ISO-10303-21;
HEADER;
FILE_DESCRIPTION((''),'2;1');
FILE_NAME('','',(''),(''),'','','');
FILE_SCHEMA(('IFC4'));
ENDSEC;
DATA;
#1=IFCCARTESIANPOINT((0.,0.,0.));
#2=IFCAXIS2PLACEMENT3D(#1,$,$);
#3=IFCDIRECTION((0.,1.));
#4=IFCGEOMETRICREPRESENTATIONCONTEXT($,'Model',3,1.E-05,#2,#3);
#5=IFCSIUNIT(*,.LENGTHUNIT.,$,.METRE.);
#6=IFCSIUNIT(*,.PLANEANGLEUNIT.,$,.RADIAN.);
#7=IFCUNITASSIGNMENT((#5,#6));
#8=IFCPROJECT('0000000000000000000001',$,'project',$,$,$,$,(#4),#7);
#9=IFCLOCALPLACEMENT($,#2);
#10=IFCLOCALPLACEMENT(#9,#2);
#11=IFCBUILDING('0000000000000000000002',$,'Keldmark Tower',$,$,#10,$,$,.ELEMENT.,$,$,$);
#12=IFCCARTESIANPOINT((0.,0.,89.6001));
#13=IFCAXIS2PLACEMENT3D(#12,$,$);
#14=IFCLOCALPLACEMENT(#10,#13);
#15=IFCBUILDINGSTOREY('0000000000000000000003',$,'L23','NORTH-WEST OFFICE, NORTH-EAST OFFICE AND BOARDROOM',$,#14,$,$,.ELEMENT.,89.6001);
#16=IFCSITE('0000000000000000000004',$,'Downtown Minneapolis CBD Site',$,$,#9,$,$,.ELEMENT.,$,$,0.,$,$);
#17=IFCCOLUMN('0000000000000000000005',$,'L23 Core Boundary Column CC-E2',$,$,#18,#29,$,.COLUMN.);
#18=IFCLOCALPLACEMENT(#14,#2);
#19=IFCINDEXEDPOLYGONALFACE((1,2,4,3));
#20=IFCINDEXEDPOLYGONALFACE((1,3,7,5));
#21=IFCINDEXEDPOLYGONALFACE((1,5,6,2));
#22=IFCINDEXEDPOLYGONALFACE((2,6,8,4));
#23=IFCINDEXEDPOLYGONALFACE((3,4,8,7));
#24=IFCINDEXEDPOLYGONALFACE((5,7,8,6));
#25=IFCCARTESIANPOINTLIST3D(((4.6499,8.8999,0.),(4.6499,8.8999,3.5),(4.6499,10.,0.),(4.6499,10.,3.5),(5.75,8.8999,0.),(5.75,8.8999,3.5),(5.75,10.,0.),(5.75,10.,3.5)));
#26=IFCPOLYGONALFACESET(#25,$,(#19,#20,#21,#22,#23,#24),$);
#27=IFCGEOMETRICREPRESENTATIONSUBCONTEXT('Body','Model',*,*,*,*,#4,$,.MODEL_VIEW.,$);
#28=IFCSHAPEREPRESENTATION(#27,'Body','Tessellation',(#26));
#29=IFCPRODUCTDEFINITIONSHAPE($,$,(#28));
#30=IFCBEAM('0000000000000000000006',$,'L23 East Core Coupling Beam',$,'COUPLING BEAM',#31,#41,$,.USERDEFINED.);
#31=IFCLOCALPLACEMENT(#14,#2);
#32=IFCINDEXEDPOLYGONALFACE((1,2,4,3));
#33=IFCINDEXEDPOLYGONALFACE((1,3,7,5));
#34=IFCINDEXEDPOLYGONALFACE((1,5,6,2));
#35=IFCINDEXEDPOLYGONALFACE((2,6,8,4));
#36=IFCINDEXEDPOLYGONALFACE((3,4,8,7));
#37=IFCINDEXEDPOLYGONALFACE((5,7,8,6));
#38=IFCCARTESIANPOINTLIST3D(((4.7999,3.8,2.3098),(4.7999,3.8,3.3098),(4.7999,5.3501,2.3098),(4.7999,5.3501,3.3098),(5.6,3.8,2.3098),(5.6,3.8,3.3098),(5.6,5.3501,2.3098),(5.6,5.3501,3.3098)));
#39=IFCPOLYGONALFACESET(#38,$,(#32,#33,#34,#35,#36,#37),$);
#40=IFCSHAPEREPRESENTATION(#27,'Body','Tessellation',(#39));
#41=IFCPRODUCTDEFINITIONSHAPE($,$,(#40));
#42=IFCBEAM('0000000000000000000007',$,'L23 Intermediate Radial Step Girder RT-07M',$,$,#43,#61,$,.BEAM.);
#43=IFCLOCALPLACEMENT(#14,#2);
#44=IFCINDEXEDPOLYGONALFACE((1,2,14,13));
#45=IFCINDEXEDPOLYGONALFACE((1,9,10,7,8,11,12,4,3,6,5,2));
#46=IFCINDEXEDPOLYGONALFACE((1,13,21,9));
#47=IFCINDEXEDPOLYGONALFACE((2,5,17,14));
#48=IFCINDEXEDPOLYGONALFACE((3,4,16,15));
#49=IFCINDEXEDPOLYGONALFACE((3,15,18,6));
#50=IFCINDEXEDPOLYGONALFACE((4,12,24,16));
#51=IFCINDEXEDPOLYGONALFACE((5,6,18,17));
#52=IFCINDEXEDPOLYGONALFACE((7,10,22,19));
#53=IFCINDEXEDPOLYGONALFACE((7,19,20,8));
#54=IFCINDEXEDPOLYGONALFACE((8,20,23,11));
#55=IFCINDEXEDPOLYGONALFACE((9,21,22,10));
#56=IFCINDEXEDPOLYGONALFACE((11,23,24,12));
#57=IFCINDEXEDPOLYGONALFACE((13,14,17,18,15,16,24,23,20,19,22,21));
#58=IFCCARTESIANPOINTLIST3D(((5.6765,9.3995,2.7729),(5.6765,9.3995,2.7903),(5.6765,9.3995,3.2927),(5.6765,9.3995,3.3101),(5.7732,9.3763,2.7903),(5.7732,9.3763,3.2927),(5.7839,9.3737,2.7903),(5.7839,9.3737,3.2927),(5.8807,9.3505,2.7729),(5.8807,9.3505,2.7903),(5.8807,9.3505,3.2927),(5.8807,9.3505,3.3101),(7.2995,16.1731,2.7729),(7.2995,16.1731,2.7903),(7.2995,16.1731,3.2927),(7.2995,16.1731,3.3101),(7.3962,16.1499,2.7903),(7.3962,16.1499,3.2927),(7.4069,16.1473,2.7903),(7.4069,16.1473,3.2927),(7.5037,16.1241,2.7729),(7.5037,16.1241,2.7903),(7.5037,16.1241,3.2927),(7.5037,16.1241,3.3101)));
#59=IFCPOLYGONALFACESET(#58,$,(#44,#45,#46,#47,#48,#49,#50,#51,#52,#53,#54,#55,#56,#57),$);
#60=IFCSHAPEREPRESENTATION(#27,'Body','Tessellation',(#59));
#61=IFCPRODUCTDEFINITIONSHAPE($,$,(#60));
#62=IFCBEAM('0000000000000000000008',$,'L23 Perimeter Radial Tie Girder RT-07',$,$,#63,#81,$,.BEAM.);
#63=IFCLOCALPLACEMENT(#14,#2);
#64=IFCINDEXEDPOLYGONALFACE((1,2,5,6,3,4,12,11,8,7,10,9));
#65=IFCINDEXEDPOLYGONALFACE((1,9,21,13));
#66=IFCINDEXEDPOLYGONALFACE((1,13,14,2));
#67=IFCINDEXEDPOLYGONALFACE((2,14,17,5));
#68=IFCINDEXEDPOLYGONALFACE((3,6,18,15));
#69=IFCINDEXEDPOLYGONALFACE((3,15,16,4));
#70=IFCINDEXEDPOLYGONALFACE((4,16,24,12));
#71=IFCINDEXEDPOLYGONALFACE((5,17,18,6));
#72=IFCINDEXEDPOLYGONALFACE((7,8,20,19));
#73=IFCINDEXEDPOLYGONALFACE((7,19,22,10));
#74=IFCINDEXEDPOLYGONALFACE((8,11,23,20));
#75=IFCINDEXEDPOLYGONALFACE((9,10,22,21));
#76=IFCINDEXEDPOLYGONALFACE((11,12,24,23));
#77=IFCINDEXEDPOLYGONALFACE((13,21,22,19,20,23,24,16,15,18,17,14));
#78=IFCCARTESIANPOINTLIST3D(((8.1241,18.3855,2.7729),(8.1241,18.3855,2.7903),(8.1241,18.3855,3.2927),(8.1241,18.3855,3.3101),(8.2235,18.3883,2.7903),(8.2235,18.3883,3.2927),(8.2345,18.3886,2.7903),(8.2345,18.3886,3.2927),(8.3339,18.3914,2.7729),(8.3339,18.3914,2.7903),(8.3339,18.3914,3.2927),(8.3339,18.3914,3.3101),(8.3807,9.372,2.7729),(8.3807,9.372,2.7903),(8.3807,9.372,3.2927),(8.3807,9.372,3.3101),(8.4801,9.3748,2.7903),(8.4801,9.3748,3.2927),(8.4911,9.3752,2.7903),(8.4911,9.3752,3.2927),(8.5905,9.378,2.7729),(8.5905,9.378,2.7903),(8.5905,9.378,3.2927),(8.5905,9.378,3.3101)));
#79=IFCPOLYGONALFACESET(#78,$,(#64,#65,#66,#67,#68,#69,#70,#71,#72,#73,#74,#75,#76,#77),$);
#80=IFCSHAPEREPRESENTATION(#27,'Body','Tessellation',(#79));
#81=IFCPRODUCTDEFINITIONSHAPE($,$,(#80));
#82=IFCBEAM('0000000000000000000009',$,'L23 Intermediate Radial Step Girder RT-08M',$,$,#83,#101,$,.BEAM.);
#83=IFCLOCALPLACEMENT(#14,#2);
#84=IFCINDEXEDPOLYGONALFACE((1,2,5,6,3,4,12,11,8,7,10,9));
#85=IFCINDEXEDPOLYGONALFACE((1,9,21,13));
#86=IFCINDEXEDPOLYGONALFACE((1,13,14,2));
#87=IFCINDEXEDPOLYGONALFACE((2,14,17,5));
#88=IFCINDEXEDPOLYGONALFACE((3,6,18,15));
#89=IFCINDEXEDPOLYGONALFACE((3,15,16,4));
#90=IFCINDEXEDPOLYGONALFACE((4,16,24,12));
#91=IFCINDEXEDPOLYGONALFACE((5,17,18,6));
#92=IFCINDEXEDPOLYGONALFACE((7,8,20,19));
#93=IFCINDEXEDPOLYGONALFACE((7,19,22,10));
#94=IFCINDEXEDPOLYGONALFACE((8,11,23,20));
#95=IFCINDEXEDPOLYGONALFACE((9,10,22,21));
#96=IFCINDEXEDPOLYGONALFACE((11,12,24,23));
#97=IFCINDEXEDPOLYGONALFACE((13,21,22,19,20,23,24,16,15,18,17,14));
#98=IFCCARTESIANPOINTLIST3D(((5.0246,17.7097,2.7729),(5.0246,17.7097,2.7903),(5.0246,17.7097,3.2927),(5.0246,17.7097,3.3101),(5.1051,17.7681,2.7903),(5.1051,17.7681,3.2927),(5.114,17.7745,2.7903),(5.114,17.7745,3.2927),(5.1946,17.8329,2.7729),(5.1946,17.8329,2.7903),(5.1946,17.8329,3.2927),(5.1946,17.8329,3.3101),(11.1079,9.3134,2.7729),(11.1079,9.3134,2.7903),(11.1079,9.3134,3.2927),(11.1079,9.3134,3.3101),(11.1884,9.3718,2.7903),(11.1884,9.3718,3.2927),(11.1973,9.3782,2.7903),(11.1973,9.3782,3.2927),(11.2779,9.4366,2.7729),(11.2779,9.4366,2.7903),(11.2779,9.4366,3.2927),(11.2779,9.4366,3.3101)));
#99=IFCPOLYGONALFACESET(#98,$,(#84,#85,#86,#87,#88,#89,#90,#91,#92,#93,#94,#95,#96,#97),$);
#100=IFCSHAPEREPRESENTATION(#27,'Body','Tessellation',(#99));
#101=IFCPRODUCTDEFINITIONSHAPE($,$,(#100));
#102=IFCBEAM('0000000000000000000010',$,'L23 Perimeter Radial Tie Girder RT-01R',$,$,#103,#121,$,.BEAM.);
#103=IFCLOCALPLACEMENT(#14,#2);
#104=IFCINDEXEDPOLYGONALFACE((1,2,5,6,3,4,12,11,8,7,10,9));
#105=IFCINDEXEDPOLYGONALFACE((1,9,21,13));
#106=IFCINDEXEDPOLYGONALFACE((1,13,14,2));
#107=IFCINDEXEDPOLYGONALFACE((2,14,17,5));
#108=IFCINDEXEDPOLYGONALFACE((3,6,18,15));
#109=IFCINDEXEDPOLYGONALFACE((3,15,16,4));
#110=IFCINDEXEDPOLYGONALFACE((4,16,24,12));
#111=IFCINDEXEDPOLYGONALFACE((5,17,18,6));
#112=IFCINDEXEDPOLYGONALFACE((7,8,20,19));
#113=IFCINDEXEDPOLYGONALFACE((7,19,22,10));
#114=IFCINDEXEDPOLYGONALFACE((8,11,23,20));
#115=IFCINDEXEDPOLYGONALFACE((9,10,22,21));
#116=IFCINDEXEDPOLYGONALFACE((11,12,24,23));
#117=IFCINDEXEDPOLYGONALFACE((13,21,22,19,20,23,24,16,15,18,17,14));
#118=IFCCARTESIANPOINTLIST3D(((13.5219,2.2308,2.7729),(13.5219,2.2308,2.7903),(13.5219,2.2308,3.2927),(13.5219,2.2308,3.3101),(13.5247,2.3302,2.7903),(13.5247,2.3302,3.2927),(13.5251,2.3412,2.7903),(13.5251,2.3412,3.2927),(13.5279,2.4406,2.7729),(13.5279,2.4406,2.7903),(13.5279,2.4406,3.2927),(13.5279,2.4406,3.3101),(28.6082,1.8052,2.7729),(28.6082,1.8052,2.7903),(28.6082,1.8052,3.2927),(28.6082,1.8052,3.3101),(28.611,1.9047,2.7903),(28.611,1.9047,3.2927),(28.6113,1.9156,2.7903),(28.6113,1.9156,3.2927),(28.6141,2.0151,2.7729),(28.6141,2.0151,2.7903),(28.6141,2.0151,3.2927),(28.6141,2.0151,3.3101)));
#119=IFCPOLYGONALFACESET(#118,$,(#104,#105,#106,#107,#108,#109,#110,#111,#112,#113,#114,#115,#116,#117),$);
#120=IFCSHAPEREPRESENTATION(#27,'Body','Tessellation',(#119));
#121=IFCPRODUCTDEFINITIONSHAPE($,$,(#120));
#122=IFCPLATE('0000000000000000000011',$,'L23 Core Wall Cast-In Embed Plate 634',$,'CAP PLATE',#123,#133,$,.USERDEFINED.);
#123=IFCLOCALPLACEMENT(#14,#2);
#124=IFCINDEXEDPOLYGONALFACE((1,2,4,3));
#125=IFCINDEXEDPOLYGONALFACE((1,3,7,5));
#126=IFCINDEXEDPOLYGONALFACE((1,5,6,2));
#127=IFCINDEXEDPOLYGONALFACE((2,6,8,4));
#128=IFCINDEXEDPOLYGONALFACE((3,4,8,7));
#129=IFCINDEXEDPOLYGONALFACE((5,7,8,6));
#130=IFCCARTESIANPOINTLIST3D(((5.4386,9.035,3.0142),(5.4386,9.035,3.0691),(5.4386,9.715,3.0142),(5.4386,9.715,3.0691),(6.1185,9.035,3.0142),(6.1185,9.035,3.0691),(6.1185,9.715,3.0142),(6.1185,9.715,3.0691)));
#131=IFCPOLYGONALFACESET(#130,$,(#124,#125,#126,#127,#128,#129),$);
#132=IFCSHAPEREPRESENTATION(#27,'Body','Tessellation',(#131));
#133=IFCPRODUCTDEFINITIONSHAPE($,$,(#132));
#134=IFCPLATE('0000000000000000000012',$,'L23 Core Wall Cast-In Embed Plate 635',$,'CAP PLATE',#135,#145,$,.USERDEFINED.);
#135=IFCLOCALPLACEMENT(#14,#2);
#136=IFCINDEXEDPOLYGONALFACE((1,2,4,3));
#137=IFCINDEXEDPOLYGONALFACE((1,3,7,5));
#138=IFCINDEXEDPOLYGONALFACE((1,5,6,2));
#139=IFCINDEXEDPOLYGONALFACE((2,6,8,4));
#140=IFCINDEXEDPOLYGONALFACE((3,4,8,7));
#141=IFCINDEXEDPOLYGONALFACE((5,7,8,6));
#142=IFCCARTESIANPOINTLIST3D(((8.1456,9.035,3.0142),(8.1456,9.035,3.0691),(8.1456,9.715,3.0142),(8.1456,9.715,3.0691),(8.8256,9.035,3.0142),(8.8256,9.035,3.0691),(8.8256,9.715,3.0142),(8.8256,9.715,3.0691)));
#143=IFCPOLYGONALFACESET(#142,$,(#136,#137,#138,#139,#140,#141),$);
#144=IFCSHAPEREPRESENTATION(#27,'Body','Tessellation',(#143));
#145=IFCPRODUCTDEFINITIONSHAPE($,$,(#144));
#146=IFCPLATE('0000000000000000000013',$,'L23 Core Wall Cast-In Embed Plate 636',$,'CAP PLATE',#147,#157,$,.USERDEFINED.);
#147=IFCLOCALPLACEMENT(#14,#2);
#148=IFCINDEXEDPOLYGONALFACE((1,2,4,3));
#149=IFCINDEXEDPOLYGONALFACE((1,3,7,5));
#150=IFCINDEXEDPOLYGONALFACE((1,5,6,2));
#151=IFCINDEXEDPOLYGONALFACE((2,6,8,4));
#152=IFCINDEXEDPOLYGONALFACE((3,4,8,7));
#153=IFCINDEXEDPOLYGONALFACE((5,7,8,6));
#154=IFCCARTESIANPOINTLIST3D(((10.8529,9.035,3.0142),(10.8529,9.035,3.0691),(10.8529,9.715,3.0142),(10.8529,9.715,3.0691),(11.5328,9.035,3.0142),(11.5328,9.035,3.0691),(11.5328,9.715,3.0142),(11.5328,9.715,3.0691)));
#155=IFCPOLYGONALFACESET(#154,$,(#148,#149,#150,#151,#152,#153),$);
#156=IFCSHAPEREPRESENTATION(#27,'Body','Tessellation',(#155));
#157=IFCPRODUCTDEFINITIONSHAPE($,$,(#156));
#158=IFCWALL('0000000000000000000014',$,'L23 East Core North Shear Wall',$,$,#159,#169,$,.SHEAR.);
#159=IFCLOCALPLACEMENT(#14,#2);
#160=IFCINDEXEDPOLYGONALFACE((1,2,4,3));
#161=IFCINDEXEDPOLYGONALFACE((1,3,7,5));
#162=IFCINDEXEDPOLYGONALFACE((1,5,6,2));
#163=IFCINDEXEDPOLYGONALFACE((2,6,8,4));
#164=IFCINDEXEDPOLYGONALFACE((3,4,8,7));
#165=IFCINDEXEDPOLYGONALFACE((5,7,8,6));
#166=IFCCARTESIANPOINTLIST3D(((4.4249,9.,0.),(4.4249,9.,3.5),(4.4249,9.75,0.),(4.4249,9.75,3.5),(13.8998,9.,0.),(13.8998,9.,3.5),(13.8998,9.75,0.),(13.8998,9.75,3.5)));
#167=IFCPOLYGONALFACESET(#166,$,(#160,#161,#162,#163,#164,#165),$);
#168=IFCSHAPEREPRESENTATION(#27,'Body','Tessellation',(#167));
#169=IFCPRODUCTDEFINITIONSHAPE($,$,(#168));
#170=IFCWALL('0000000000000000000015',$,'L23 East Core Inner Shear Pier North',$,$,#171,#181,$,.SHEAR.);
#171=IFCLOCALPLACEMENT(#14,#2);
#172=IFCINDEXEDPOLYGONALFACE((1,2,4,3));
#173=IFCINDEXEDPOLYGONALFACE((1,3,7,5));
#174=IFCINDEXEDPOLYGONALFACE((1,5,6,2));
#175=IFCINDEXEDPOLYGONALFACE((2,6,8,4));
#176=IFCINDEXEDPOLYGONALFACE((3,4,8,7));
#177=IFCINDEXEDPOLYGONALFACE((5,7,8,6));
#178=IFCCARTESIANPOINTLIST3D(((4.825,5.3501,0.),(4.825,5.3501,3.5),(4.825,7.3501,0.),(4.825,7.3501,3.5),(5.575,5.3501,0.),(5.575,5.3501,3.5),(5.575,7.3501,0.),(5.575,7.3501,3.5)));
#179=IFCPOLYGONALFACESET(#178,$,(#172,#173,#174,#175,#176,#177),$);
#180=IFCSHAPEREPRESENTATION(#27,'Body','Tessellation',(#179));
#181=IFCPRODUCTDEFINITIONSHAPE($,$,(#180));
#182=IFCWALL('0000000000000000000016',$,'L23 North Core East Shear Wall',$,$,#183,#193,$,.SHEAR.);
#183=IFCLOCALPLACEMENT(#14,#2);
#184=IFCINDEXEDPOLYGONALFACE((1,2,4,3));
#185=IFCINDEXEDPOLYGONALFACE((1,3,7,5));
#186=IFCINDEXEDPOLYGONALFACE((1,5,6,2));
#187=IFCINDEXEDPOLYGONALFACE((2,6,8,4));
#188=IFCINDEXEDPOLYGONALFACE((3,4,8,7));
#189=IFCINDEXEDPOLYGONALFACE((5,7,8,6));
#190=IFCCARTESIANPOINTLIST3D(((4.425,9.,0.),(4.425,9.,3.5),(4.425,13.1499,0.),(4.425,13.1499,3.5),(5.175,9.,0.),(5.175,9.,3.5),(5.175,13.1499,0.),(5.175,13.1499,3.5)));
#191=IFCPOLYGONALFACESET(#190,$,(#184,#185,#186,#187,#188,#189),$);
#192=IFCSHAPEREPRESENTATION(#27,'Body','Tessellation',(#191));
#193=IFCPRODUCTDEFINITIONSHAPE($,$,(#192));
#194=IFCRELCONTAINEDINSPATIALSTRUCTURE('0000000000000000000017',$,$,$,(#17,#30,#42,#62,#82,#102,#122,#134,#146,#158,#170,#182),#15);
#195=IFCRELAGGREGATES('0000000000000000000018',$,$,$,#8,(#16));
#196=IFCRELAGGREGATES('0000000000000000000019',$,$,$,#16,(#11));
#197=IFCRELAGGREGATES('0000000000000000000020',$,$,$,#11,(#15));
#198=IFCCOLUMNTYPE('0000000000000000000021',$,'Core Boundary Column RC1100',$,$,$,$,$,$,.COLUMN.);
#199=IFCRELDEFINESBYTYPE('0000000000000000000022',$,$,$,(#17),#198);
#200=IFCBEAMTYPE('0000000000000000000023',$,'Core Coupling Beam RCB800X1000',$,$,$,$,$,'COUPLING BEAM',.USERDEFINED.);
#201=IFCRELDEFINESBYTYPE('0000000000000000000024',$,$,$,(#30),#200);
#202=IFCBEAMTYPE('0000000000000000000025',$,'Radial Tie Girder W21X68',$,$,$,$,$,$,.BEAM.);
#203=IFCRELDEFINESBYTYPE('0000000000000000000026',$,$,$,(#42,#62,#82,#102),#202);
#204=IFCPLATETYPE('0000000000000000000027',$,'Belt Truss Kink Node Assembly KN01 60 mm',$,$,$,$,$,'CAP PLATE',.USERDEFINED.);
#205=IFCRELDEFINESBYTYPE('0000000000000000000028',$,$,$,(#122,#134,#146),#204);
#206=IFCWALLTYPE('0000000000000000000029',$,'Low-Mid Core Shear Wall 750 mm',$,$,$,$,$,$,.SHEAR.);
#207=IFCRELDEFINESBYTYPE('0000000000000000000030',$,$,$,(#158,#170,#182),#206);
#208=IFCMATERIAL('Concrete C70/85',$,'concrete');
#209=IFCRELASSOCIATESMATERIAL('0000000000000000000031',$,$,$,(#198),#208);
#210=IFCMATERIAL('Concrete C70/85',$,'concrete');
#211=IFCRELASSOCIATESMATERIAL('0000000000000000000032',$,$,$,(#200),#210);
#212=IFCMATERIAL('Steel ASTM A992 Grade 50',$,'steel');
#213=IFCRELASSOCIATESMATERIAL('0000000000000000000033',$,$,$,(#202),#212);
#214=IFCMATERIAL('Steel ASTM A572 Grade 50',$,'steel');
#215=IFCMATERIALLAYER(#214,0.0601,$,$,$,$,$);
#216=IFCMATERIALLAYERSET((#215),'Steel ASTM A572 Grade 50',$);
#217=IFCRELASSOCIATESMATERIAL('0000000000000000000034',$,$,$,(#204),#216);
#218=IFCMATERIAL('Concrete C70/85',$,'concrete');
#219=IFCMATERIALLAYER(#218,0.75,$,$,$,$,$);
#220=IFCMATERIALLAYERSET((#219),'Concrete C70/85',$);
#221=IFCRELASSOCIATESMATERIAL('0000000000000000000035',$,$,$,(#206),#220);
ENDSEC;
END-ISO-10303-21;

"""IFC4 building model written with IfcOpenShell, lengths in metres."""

from ifc_helpers import new_model, si_unit, direction, frame, frame_2d, origin, origin_2d, place, context, subcontext, project, spatial, rectangle, i_section, extrude, material, layer, layer_set, material_profile, profile_set, type_object, element, save


model = new_model("IFC4")

# Units and contexts
model_context = context("Model", 3, precision=1e-05, world=origin(), true_north=direction((0.0, 1.0)))
body_context = subcontext(model_context, "Body", "Model", "MODEL_VIEW")
ifc_project = project(units=[si_unit("LENGTHUNIT", "METRE"), si_unit("PLANEANGLEUNIT", "RADIAN")], contexts=[model_context])

# Site, building, storey
site_placement = place(None, origin())
site = spatial("IfcSite", under=ifc_project, at=site_placement, Name="Downtown Minneapolis CBD Site", CompositionType="ELEMENT", RefElevation=0.0)
building_placement = place(site_placement, origin())
building = spatial("IfcBuilding", under=site, at=building_placement, Name="Keldmark Tower", CompositionType="ELEMENT")
storey_placement = place(building_placement, frame((0.0, 0.0, 89.6001)))
storey = spatial("IfcBuildingStorey", under=building, at=storey_placement, Name="L23", Description="NORTH-WEST OFFICE, NORTH-EAST OFFICE AND BOARDROOM", CompositionType="ELEMENT", Elevation=89.6001)

# Column
ifc_material_1 = material(Name="Concrete C70/85", Category="concrete")
ifc_material_profile_1 = material_profile(ifc_material_1, rectangle(XDim=1.1001, YDim=1.1001, at=origin_2d()), Name="RC1100X1100")
ifc_profile_set_1 = profile_set([ifc_material_profile_1], Name="Concrete C70/85")
column_type = type_object("IfcColumnType", Name="Core Boundary Column RC1100", PredefinedType="COLUMN", material=ifc_profile_set_1)
column_placement = place(storey_placement, frame((5.2, 9.45, 0.0), z_axis=(0.0, 0.0, 1.0), x_axis=(1.0, 0.0, 0.0)))
element("IfcColumn", 1, at=column_placement, inside=storey, type_object=column_type, Name="L23 Core Boundary Column CC-E2", PredefinedType="COLUMN", context=body_context, shape_type="SweptSolid", body=[
    extrude(rectangle(XDim=1.1001, YDim=1.1001, at=origin_2d()), origin(), (0.0, 0.0, 1.0), 3.5),
])

# Beams
ifc_material_2 = material(Name="Concrete C70/85", Category="concrete")
ifc_material_profile_2 = material_profile(ifc_material_2, rectangle(XDim=0.8, YDim=1.0, at=origin_2d()), Name="RCB800X1000")
ifc_profile_set_2 = profile_set([ifc_material_profile_2], Name="Concrete C70/85")
beam_type_1 = type_object("IfcBeamType", Name="Core Coupling Beam RCB800X1000", ElementType="COUPLING BEAM", PredefinedType="USERDEFINED", material=ifc_profile_set_2)
beam_1_placement = place(storey_placement, frame((5.2, 3.8, 2.8098), z_axis=(0.0, 1.0, 0.0), x_axis=(-1.0, 0.0, 0.0)))
element("IfcBeam", 2, at=beam_1_placement, inside=storey, type_object=beam_type_1, Name="L23 East Core Coupling Beam", ObjectType="COUPLING BEAM", PredefinedType="USERDEFINED", context=body_context, shape_type="SweptSolid", body=[
    extrude(rectangle(XDim=0.8, YDim=1.0, at=origin_2d()), origin(), (0.0, 0.0, 1.0), 1.55),
])
ifc_material_3 = material(Name="Steel ASTM A992 Grade 50", Category="steel")
ifc_material_profile_3 = material_profile(ifc_material_3, i_section(OverallWidth=0.21, OverallDepth=0.5371, WebThickness=0.011, FlangeThickness=0.0173, at=origin_2d()), Name="W21X68")
ifc_profile_set_3 = profile_set([ifc_material_profile_3], Name="Steel ASTM A992 Grade 50")
beam_type_2 = type_object("IfcBeamType", Name="Radial Tie Girder W21X68", PredefinedType="BEAM", material=ifc_profile_set_3)
beam_2_placement = place(storey_placement, frame((5.7786, 9.375, 3.0415), z_axis=(0.233015, 0.972473, 0.0), x_axis=(-0.972473, 0.233015, 0.0)))
element("IfcBeam", 3, at=beam_2_placement, inside=storey, type_object=beam_type_2, Name="L23 Intermediate Radial Step Girder RT-07M", PredefinedType="BEAM", context=body_context, shape_type="SweptSolid", body=[
    extrude(i_section(OverallWidth=0.21, OverallDepth=0.5371, WebThickness=0.011, FlangeThickness=0.0173, at=origin_2d()), origin(), (0.0, 0.0, 1.0), 6.9653),
])
beam_3_placement = place(storey_placement, frame((8.4856, 9.375, 3.0415), z_axis=(-0.028456, 0.999595, 0.0), x_axis=(-0.999595, -0.028456, 0.0)))
element("IfcBeam", 4, at=beam_3_placement, inside=storey, type_object=beam_type_2, Name="L23 Perimeter Radial Tie Girder RT-07", PredefinedType="BEAM", context=body_context, shape_type="SweptSolid", body=[
    extrude(i_section(OverallWidth=0.21, OverallDepth=0.5371, WebThickness=0.011, FlangeThickness=0.0173, at=origin_2d()), origin(), (0.0, 0.0, 1.0), 9.0171),
])
beam_4_placement = place(storey_placement, frame((11.1929, 9.375, 3.0415), z_axis=(-0.586713, 0.809795, 0.0), x_axis=(-0.809795, -0.586713, 0.0)))
element("IfcBeam", 5, at=beam_4_placement, inside=storey, type_object=beam_type_2, Name="L23 Intermediate Radial Step Girder RT-08M", PredefinedType="BEAM", context=body_context, shape_type="SweptSolid", body=[
    extrude(i_section(OverallWidth=0.21, OverallDepth=0.5371, WebThickness=0.011, FlangeThickness=0.0173, at=origin_2d()), origin(), (0.0, 0.0, 1.0), 10.3684),
])
beam_5_placement = place(storey_placement, frame((13.5249, 2.3357, 3.0415), z_axis=(0.999602, -0.028196, 0.0), x_axis=(0.028196, 0.999602, 0.0)))
element("IfcBeam", 6, at=beam_5_placement, inside=storey, type_object=beam_type_2, Name="L23 Perimeter Radial Tie Girder RT-01R", PredefinedType="BEAM", context=body_context, shape_type="SweptSolid", body=[
    extrude(i_section(OverallWidth=0.21, OverallDepth=0.5371, WebThickness=0.011, FlangeThickness=0.0173, at=origin_2d()), origin(), (0.0, 0.0, 1.0), 15.0923),
])

# Plates
ifc_material_4 = material(Name="Steel ASTM A572 Grade 50", Category="steel")
ifc_layer_1 = layer(ifc_material_4, 0.0601)
ifc_layer_set_1 = layer_set([ifc_layer_1], Name="Steel ASTM A572 Grade 50")
plate_type = type_object("IfcPlateType", Name="Belt Truss Kink Node Assembly KN01 60 mm", ElementType="CAP PLATE", PredefinedType="USERDEFINED", material=ifc_layer_set_1)
for number, where, z_axis, x_axis, name in (
    (7, (5.7786, 9.375, 3.0142), (0.0, 0.0, 1.0), (1.0, 0.0, 0.0), "L23 Core Wall Cast-In Embed Plate 634"),
    (8, (8.4856, 9.375, 3.0142), (0.0, 0.0, 1.0), (1.0, 0.0, 0.0), "L23 Core Wall Cast-In Embed Plate 635"),
    (9, (11.1929, 9.375, 3.0142), (0.0, 0.0, 1.0), (1.0, 0.0, 0.0), "L23 Core Wall Cast-In Embed Plate 636"),
):
    element("IfcPlate", number, at=place(storey_placement, frame(where, z_axis=z_axis, x_axis=x_axis)), inside=storey, type_object=plate_type, Name=name, ObjectType="CAP PLATE", PredefinedType="USERDEFINED", context=body_context, shape_type="SweptSolid", body=[
        extrude(rectangle(XDim=0.6799, YDim=0.6799, at=origin_2d()), origin(), (0.0, 0.0, 1.0), 0.0549),
    ])

# Walls
ifc_material_5 = material(Name="Concrete C70/85", Category="concrete")
ifc_layer_2 = layer(ifc_material_5, 0.75)
ifc_layer_set_2 = layer_set([ifc_layer_2], Name="Concrete C70/85")
wall_type_1 = type_object("IfcWallType", Name="Low-Mid Core Shear Wall 750 mm", PredefinedType="SHEAR", material=ifc_layer_set_2)
wall_1_placement = place(storey_placement, frame((4.425, 9.375, 0.0), z_axis=(0.0, 0.0, 1.0), x_axis=(1.0, 0.0, 0.0)))
element("IfcWall", 10, at=wall_1_placement, inside=storey, type_object=wall_type_1, Name="L23 East Core North Shear Wall", PredefinedType="SHEAR", context=body_context, shape_type="SweptSolid", body=[
    extrude(rectangle(XDim=9.4749, YDim=0.75, at=frame_2d((4.7373, 0.0))), origin(), (0.0, 0.0, 1.0), 3.5),
])
wall_2_placement = place(storey_placement, frame((5.2, 5.3501, 0.0), z_axis=(0.0, 0.0, 1.0), x_axis=(0.0, 1.0, 0.0)))
element("IfcWall", 11, at=wall_2_placement, inside=storey, type_object=wall_type_1, Name="L23 East Core Inner Shear Pier North", PredefinedType="SHEAR", context=body_context, shape_type="SweptSolid", body=[
    extrude(rectangle(XDim=2.0, YDim=0.75, at=frame_2d((1.0, 0.0))), origin(), (0.0, 0.0, 1.0), 3.5),
])
wall_3_placement = place(storey_placement, frame((4.8, 9.0, 0.0), z_axis=(0.0, 0.0, 1.0), x_axis=(0.0, 1.0, 0.0)))
element("IfcWall", 12, at=wall_3_placement, inside=storey, type_object=wall_type_1, Name="L23 North Core East Shear Wall", PredefinedType="SHEAR", context=body_context, shape_type="SweptSolid", body=[
    extrude(rectangle(XDim=4.1499, YDim=0.75, at=frame_2d((2.075, 0.0))), origin(), (0.0, 0.0, 1.0), 3.5),
])

save(model, "model.ifc")
